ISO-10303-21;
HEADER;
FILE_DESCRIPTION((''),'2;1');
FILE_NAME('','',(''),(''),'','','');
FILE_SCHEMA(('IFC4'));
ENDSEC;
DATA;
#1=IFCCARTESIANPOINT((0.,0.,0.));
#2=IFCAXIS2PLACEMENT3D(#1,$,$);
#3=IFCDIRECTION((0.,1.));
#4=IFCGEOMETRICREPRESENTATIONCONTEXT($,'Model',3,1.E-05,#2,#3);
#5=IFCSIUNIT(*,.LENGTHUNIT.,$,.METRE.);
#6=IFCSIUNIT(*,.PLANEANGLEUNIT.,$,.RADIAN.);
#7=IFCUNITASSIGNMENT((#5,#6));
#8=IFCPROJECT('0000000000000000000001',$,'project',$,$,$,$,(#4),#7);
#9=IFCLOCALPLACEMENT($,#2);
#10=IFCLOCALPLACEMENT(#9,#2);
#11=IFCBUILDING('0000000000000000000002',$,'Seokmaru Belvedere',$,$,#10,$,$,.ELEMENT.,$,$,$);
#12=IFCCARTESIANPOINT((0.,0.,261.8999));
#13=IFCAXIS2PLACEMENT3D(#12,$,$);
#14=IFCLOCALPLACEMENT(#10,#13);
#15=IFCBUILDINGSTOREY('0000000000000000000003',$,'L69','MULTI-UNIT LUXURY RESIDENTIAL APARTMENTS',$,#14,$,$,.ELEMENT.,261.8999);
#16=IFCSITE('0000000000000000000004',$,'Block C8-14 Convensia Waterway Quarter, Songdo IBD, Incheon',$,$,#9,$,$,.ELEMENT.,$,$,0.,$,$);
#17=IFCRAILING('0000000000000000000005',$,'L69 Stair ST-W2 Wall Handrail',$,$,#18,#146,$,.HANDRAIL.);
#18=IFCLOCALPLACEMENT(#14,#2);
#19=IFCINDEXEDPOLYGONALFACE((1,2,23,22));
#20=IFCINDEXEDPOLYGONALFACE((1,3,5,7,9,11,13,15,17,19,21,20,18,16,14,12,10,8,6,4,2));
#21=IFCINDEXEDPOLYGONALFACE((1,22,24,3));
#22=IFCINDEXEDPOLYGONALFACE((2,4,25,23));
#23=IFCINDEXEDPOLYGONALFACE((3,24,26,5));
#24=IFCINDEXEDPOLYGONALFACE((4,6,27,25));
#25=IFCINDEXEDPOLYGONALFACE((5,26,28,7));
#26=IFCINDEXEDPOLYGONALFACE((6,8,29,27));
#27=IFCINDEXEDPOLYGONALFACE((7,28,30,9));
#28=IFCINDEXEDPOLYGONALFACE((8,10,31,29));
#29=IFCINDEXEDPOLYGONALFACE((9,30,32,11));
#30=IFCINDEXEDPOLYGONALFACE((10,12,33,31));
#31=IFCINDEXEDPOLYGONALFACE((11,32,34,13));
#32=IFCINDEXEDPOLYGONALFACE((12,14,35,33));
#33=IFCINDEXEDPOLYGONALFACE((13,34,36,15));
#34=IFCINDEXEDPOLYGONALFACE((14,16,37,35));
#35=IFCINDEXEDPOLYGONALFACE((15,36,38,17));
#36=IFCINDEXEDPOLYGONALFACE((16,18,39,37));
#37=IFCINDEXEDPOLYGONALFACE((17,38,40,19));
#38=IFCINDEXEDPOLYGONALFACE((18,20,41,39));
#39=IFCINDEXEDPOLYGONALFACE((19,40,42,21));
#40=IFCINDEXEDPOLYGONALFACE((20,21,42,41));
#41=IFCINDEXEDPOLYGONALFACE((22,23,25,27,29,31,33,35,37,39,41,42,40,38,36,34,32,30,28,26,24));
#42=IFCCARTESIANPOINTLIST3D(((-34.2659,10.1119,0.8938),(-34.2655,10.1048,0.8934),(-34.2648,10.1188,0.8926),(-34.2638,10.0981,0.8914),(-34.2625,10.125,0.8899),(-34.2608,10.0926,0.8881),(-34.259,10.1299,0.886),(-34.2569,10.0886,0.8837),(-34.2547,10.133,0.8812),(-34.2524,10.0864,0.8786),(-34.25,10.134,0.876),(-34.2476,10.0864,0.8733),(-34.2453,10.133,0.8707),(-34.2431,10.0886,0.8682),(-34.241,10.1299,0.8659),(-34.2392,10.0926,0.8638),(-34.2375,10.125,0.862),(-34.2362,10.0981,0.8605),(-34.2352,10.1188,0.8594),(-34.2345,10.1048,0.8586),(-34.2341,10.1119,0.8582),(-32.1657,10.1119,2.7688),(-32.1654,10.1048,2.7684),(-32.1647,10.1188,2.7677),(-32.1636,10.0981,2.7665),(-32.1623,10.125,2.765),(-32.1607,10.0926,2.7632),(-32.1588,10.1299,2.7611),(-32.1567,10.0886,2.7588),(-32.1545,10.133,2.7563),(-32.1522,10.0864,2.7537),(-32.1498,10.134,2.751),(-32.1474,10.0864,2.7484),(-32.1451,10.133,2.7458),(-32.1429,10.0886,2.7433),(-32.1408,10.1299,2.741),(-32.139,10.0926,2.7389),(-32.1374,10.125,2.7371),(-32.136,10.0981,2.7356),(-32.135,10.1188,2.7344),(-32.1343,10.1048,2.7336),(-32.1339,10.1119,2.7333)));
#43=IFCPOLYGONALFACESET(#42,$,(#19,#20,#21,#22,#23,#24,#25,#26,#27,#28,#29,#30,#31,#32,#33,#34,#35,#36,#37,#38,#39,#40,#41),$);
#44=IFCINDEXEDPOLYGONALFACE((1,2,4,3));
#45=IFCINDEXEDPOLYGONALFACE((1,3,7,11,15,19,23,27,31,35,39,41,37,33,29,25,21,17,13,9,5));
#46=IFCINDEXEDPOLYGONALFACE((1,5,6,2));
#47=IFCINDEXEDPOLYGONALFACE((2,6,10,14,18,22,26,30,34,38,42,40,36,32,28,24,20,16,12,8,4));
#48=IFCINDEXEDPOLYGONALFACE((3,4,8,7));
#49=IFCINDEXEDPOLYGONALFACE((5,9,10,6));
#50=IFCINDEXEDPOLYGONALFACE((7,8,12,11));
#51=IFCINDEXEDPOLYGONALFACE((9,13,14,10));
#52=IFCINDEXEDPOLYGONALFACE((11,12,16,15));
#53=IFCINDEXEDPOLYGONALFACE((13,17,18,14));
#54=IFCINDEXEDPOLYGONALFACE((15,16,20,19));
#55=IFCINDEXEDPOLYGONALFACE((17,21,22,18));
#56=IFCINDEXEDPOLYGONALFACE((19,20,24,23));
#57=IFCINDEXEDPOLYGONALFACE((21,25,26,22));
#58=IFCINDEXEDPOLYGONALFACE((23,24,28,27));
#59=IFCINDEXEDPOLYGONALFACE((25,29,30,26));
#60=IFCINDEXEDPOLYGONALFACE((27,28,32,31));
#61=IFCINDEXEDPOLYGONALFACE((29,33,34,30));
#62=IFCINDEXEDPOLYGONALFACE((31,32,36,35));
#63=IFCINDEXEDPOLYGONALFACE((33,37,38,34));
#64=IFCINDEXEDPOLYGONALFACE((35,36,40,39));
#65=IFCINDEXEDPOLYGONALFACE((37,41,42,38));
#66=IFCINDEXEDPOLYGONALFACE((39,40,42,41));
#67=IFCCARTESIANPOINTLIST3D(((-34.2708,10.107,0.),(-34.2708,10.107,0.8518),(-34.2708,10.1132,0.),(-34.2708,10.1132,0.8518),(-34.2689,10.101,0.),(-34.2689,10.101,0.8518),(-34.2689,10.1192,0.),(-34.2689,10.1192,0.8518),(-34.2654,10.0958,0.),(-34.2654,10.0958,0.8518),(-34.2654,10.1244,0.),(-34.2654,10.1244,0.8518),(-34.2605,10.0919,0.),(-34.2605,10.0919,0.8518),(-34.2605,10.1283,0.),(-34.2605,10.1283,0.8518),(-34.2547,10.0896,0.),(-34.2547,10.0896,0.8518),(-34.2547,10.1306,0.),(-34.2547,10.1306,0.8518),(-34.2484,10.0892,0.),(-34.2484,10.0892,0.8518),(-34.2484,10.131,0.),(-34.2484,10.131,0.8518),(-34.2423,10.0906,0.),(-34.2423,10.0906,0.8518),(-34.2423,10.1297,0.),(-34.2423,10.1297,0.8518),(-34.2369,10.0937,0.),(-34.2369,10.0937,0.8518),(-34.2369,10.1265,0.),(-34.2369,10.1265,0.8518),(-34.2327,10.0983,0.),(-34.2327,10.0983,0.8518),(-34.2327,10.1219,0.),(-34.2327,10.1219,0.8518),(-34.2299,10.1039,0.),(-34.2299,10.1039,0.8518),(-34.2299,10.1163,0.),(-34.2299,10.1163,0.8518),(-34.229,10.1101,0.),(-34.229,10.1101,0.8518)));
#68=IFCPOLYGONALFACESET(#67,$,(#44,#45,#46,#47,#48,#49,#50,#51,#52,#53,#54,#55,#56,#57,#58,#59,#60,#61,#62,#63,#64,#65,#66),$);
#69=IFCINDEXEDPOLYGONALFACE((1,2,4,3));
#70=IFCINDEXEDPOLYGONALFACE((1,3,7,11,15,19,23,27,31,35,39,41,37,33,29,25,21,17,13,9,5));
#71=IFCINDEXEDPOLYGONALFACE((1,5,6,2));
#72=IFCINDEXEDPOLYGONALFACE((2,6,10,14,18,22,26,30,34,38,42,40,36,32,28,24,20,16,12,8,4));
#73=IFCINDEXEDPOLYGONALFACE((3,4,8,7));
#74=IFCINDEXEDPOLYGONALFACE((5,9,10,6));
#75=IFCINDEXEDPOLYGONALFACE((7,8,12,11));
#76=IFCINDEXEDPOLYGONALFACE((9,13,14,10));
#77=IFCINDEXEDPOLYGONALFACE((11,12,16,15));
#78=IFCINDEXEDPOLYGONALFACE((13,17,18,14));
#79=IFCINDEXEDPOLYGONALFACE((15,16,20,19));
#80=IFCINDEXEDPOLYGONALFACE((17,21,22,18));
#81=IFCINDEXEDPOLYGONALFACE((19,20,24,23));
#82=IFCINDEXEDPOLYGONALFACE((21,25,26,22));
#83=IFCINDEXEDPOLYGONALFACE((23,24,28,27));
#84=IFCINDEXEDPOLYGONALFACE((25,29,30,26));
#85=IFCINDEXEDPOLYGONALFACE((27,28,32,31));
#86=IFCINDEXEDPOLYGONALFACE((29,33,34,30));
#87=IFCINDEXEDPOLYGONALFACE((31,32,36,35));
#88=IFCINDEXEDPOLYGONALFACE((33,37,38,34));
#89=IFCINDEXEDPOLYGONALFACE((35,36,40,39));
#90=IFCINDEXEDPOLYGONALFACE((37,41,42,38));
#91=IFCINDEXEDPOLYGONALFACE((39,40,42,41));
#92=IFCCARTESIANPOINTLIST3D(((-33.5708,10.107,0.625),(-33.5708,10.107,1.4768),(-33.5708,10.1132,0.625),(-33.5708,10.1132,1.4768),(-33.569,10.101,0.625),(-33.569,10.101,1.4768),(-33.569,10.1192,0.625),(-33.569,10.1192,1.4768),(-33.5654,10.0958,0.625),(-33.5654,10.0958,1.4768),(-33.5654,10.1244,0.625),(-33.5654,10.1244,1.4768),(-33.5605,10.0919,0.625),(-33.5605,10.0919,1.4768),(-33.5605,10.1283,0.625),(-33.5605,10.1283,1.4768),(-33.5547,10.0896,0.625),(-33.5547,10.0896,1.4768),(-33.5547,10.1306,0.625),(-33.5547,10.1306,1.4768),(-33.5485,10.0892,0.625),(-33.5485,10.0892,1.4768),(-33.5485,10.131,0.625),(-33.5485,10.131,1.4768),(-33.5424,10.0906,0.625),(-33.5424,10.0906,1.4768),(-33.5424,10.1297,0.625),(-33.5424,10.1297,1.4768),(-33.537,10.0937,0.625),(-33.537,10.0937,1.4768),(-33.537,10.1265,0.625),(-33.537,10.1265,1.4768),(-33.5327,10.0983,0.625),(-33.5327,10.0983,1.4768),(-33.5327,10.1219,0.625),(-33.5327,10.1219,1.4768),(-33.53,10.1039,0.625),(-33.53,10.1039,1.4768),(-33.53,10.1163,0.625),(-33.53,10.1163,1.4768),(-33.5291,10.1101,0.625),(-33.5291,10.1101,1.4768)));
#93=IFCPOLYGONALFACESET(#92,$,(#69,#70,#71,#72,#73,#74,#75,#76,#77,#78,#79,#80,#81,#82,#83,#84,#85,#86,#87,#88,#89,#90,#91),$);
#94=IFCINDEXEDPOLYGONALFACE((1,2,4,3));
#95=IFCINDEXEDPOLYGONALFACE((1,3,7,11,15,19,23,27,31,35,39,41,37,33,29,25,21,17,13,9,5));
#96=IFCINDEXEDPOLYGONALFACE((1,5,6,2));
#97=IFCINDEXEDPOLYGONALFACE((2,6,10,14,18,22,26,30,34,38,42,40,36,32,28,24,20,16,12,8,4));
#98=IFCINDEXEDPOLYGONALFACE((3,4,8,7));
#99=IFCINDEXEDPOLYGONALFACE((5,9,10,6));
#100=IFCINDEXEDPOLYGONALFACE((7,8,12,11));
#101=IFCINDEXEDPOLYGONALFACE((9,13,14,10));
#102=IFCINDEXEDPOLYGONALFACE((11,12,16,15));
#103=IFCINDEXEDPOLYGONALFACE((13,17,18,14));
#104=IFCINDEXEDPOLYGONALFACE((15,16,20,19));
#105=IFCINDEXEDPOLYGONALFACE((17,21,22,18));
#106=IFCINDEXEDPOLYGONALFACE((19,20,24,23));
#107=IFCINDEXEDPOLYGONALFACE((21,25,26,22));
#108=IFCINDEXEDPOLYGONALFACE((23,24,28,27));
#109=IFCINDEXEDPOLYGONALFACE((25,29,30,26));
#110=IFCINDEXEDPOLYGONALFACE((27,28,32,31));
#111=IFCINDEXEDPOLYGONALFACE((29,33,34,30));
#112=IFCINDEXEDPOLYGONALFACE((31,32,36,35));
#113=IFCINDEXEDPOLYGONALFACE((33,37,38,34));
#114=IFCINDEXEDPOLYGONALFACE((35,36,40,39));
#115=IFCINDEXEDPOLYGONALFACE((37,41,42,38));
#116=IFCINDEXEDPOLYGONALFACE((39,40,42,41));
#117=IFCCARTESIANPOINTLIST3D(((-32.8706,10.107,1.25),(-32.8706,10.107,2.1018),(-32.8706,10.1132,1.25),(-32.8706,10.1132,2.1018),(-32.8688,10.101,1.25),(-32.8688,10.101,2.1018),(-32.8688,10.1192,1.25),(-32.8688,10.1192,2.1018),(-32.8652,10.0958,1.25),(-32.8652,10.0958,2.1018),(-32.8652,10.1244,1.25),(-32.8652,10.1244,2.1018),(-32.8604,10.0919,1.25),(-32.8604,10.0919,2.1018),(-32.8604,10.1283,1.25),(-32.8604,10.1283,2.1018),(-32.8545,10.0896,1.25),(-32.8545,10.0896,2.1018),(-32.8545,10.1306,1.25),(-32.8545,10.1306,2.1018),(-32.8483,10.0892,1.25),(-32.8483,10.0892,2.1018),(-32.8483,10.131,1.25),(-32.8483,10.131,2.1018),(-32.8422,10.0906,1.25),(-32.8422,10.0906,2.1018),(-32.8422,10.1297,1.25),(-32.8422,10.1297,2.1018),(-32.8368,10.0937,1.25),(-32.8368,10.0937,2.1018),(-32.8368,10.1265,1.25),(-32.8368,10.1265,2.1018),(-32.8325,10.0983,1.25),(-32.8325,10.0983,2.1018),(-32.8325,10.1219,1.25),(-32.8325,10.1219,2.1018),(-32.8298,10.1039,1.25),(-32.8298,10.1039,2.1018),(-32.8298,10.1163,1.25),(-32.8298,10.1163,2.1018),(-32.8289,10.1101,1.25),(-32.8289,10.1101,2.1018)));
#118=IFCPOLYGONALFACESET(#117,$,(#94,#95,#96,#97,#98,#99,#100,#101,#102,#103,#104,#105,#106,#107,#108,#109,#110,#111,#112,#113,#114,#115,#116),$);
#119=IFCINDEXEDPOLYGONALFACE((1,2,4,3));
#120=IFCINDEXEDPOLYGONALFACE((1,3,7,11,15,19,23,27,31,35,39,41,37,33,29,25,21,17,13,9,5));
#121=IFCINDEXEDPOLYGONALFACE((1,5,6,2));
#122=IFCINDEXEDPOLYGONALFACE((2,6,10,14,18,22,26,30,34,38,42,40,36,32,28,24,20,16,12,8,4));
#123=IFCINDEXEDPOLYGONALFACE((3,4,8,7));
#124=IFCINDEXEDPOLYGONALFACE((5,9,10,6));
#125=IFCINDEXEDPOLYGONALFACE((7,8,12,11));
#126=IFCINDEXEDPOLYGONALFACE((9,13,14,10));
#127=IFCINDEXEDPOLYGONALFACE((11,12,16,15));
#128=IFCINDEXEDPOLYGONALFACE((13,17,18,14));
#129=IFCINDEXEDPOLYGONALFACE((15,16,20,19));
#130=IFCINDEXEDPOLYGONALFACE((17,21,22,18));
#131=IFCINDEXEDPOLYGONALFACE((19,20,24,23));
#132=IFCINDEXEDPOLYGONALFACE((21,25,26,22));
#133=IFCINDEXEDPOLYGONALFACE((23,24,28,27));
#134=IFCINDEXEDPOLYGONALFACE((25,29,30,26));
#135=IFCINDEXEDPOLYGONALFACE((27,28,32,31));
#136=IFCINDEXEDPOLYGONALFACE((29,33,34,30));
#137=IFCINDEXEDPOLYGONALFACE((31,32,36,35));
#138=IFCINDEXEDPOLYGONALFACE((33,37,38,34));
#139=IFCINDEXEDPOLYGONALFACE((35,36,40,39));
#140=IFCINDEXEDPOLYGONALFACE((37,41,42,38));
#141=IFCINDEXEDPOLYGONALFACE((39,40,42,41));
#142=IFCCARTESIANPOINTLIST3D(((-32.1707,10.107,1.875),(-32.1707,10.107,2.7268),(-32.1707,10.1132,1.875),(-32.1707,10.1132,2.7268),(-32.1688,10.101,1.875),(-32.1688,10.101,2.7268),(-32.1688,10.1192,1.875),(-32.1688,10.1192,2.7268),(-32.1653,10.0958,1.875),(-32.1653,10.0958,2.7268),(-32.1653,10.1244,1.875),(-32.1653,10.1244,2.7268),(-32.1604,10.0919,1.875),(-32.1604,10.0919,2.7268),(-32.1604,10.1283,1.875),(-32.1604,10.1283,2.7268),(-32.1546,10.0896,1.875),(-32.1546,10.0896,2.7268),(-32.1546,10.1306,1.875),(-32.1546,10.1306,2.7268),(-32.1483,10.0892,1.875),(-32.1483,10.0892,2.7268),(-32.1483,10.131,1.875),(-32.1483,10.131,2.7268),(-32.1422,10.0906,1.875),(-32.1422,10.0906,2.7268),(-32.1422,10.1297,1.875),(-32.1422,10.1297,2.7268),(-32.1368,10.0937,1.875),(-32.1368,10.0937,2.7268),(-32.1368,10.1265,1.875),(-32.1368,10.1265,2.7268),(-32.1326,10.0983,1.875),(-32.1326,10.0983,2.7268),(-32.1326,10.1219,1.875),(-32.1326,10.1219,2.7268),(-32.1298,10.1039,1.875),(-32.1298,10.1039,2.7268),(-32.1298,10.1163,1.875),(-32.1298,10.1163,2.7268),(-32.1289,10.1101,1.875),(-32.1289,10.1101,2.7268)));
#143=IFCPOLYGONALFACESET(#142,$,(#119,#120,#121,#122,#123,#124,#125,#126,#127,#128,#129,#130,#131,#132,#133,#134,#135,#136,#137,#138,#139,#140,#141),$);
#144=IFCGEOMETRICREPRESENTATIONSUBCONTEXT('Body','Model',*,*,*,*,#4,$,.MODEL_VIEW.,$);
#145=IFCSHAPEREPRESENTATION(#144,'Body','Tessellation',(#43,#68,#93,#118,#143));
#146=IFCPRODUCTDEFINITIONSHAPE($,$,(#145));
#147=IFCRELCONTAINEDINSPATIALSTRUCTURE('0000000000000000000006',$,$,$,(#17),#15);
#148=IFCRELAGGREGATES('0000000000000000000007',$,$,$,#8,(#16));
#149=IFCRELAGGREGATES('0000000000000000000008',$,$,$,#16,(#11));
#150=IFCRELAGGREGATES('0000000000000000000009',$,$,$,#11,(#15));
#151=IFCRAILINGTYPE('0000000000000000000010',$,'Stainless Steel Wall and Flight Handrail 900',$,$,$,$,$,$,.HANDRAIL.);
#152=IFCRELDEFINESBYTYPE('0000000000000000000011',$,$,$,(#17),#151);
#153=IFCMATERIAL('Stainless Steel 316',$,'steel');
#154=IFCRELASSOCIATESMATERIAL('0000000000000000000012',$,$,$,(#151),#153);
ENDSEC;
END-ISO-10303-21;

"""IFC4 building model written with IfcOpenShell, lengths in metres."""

from ifc_helpers import new_model, si_unit, direction, frame, origin, origin_2d, place, context, subcontext, project, spatial, circle, extrude, material, type_object, element, save


model = new_model("IFC4")

# Units and contexts
model_context = context("Model", 3, precision=1e-05, world=origin(), true_north=direction((0.0, 1.0)))
body_context = subcontext(model_context, "Body", "Model", "MODEL_VIEW")
ifc_project = project(units=[si_unit("LENGTHUNIT", "METRE"), si_unit("PLANEANGLEUNIT", "RADIAN")], contexts=[model_context])

# Site, building, storey
site_placement = place(None, origin())
site = spatial("IfcSite", under=ifc_project, at=site_placement, Name="Block C8-14 Convensia Waterway Quarter, Songdo IBD, Incheon", CompositionType="ELEMENT", RefElevation=0.0)
building_placement = place(site_placement, origin())
building = spatial("IfcBuilding", under=site, at=building_placement, Name="Seokmaru Belvedere", CompositionType="ELEMENT")
storey_placement = place(building_placement, frame((0.0, 0.0, 261.8999)))
storey = spatial("IfcBuildingStorey", under=building, at=storey_placement, Name="L69", Description="MULTI-UNIT LUXURY RESIDENTIAL APARTMENTS", CompositionType="ELEMENT", Elevation=261.8999)

# Railing
ifc_material_1 = material(Name="Stainless Steel 316", Category="steel")
railing_type_1 = type_object("IfcRailingType", Name="Stainless Steel Wall and Flight Handrail 900", PredefinedType="HANDRAIL", material=ifc_material_1)
railing_1_placement = place(storey_placement, frame((-34.25, 10.1101, 0.0)))
element("IfcRailing", 1, at=railing_1_placement, inside=storey, type_object=railing_type_1, Name="L69 Stair ST-W2 Wall Handrail", PredefinedType="HANDRAIL", context=body_context, shape_type="SweptSolid", body=[
    extrude(circle(Radius=0.0239, at=origin_2d()), frame((0.0, 0.0, 0.876), z_axis=(0.745953, 0.0, 0.665999), x_axis=(0.0, 1.0, 0.0)), (0.0, 0.0, 1.0), 2.8154),
    extrude(circle(Radius=0.021, at=origin_2d()), origin(), (0.0, 0.0, 1.0), 0.8518),
    extrude(circle(Radius=0.021, at=origin_2d()), frame((0.7, 0.0, 0.625)), (0.0, 0.0, 1.0), 0.8518),
    extrude(circle(Radius=0.021, at=origin_2d()), frame((1.4001, 0.0, 1.25)), (0.0, 0.0, 1.0), 0.8518),
    extrude(circle(Radius=0.021, at=origin_2d()), frame((2.1001, 0.0, 1.875)), (0.0, 0.0, 1.0), 0.8518),
])

save(model, "model.ifc")
